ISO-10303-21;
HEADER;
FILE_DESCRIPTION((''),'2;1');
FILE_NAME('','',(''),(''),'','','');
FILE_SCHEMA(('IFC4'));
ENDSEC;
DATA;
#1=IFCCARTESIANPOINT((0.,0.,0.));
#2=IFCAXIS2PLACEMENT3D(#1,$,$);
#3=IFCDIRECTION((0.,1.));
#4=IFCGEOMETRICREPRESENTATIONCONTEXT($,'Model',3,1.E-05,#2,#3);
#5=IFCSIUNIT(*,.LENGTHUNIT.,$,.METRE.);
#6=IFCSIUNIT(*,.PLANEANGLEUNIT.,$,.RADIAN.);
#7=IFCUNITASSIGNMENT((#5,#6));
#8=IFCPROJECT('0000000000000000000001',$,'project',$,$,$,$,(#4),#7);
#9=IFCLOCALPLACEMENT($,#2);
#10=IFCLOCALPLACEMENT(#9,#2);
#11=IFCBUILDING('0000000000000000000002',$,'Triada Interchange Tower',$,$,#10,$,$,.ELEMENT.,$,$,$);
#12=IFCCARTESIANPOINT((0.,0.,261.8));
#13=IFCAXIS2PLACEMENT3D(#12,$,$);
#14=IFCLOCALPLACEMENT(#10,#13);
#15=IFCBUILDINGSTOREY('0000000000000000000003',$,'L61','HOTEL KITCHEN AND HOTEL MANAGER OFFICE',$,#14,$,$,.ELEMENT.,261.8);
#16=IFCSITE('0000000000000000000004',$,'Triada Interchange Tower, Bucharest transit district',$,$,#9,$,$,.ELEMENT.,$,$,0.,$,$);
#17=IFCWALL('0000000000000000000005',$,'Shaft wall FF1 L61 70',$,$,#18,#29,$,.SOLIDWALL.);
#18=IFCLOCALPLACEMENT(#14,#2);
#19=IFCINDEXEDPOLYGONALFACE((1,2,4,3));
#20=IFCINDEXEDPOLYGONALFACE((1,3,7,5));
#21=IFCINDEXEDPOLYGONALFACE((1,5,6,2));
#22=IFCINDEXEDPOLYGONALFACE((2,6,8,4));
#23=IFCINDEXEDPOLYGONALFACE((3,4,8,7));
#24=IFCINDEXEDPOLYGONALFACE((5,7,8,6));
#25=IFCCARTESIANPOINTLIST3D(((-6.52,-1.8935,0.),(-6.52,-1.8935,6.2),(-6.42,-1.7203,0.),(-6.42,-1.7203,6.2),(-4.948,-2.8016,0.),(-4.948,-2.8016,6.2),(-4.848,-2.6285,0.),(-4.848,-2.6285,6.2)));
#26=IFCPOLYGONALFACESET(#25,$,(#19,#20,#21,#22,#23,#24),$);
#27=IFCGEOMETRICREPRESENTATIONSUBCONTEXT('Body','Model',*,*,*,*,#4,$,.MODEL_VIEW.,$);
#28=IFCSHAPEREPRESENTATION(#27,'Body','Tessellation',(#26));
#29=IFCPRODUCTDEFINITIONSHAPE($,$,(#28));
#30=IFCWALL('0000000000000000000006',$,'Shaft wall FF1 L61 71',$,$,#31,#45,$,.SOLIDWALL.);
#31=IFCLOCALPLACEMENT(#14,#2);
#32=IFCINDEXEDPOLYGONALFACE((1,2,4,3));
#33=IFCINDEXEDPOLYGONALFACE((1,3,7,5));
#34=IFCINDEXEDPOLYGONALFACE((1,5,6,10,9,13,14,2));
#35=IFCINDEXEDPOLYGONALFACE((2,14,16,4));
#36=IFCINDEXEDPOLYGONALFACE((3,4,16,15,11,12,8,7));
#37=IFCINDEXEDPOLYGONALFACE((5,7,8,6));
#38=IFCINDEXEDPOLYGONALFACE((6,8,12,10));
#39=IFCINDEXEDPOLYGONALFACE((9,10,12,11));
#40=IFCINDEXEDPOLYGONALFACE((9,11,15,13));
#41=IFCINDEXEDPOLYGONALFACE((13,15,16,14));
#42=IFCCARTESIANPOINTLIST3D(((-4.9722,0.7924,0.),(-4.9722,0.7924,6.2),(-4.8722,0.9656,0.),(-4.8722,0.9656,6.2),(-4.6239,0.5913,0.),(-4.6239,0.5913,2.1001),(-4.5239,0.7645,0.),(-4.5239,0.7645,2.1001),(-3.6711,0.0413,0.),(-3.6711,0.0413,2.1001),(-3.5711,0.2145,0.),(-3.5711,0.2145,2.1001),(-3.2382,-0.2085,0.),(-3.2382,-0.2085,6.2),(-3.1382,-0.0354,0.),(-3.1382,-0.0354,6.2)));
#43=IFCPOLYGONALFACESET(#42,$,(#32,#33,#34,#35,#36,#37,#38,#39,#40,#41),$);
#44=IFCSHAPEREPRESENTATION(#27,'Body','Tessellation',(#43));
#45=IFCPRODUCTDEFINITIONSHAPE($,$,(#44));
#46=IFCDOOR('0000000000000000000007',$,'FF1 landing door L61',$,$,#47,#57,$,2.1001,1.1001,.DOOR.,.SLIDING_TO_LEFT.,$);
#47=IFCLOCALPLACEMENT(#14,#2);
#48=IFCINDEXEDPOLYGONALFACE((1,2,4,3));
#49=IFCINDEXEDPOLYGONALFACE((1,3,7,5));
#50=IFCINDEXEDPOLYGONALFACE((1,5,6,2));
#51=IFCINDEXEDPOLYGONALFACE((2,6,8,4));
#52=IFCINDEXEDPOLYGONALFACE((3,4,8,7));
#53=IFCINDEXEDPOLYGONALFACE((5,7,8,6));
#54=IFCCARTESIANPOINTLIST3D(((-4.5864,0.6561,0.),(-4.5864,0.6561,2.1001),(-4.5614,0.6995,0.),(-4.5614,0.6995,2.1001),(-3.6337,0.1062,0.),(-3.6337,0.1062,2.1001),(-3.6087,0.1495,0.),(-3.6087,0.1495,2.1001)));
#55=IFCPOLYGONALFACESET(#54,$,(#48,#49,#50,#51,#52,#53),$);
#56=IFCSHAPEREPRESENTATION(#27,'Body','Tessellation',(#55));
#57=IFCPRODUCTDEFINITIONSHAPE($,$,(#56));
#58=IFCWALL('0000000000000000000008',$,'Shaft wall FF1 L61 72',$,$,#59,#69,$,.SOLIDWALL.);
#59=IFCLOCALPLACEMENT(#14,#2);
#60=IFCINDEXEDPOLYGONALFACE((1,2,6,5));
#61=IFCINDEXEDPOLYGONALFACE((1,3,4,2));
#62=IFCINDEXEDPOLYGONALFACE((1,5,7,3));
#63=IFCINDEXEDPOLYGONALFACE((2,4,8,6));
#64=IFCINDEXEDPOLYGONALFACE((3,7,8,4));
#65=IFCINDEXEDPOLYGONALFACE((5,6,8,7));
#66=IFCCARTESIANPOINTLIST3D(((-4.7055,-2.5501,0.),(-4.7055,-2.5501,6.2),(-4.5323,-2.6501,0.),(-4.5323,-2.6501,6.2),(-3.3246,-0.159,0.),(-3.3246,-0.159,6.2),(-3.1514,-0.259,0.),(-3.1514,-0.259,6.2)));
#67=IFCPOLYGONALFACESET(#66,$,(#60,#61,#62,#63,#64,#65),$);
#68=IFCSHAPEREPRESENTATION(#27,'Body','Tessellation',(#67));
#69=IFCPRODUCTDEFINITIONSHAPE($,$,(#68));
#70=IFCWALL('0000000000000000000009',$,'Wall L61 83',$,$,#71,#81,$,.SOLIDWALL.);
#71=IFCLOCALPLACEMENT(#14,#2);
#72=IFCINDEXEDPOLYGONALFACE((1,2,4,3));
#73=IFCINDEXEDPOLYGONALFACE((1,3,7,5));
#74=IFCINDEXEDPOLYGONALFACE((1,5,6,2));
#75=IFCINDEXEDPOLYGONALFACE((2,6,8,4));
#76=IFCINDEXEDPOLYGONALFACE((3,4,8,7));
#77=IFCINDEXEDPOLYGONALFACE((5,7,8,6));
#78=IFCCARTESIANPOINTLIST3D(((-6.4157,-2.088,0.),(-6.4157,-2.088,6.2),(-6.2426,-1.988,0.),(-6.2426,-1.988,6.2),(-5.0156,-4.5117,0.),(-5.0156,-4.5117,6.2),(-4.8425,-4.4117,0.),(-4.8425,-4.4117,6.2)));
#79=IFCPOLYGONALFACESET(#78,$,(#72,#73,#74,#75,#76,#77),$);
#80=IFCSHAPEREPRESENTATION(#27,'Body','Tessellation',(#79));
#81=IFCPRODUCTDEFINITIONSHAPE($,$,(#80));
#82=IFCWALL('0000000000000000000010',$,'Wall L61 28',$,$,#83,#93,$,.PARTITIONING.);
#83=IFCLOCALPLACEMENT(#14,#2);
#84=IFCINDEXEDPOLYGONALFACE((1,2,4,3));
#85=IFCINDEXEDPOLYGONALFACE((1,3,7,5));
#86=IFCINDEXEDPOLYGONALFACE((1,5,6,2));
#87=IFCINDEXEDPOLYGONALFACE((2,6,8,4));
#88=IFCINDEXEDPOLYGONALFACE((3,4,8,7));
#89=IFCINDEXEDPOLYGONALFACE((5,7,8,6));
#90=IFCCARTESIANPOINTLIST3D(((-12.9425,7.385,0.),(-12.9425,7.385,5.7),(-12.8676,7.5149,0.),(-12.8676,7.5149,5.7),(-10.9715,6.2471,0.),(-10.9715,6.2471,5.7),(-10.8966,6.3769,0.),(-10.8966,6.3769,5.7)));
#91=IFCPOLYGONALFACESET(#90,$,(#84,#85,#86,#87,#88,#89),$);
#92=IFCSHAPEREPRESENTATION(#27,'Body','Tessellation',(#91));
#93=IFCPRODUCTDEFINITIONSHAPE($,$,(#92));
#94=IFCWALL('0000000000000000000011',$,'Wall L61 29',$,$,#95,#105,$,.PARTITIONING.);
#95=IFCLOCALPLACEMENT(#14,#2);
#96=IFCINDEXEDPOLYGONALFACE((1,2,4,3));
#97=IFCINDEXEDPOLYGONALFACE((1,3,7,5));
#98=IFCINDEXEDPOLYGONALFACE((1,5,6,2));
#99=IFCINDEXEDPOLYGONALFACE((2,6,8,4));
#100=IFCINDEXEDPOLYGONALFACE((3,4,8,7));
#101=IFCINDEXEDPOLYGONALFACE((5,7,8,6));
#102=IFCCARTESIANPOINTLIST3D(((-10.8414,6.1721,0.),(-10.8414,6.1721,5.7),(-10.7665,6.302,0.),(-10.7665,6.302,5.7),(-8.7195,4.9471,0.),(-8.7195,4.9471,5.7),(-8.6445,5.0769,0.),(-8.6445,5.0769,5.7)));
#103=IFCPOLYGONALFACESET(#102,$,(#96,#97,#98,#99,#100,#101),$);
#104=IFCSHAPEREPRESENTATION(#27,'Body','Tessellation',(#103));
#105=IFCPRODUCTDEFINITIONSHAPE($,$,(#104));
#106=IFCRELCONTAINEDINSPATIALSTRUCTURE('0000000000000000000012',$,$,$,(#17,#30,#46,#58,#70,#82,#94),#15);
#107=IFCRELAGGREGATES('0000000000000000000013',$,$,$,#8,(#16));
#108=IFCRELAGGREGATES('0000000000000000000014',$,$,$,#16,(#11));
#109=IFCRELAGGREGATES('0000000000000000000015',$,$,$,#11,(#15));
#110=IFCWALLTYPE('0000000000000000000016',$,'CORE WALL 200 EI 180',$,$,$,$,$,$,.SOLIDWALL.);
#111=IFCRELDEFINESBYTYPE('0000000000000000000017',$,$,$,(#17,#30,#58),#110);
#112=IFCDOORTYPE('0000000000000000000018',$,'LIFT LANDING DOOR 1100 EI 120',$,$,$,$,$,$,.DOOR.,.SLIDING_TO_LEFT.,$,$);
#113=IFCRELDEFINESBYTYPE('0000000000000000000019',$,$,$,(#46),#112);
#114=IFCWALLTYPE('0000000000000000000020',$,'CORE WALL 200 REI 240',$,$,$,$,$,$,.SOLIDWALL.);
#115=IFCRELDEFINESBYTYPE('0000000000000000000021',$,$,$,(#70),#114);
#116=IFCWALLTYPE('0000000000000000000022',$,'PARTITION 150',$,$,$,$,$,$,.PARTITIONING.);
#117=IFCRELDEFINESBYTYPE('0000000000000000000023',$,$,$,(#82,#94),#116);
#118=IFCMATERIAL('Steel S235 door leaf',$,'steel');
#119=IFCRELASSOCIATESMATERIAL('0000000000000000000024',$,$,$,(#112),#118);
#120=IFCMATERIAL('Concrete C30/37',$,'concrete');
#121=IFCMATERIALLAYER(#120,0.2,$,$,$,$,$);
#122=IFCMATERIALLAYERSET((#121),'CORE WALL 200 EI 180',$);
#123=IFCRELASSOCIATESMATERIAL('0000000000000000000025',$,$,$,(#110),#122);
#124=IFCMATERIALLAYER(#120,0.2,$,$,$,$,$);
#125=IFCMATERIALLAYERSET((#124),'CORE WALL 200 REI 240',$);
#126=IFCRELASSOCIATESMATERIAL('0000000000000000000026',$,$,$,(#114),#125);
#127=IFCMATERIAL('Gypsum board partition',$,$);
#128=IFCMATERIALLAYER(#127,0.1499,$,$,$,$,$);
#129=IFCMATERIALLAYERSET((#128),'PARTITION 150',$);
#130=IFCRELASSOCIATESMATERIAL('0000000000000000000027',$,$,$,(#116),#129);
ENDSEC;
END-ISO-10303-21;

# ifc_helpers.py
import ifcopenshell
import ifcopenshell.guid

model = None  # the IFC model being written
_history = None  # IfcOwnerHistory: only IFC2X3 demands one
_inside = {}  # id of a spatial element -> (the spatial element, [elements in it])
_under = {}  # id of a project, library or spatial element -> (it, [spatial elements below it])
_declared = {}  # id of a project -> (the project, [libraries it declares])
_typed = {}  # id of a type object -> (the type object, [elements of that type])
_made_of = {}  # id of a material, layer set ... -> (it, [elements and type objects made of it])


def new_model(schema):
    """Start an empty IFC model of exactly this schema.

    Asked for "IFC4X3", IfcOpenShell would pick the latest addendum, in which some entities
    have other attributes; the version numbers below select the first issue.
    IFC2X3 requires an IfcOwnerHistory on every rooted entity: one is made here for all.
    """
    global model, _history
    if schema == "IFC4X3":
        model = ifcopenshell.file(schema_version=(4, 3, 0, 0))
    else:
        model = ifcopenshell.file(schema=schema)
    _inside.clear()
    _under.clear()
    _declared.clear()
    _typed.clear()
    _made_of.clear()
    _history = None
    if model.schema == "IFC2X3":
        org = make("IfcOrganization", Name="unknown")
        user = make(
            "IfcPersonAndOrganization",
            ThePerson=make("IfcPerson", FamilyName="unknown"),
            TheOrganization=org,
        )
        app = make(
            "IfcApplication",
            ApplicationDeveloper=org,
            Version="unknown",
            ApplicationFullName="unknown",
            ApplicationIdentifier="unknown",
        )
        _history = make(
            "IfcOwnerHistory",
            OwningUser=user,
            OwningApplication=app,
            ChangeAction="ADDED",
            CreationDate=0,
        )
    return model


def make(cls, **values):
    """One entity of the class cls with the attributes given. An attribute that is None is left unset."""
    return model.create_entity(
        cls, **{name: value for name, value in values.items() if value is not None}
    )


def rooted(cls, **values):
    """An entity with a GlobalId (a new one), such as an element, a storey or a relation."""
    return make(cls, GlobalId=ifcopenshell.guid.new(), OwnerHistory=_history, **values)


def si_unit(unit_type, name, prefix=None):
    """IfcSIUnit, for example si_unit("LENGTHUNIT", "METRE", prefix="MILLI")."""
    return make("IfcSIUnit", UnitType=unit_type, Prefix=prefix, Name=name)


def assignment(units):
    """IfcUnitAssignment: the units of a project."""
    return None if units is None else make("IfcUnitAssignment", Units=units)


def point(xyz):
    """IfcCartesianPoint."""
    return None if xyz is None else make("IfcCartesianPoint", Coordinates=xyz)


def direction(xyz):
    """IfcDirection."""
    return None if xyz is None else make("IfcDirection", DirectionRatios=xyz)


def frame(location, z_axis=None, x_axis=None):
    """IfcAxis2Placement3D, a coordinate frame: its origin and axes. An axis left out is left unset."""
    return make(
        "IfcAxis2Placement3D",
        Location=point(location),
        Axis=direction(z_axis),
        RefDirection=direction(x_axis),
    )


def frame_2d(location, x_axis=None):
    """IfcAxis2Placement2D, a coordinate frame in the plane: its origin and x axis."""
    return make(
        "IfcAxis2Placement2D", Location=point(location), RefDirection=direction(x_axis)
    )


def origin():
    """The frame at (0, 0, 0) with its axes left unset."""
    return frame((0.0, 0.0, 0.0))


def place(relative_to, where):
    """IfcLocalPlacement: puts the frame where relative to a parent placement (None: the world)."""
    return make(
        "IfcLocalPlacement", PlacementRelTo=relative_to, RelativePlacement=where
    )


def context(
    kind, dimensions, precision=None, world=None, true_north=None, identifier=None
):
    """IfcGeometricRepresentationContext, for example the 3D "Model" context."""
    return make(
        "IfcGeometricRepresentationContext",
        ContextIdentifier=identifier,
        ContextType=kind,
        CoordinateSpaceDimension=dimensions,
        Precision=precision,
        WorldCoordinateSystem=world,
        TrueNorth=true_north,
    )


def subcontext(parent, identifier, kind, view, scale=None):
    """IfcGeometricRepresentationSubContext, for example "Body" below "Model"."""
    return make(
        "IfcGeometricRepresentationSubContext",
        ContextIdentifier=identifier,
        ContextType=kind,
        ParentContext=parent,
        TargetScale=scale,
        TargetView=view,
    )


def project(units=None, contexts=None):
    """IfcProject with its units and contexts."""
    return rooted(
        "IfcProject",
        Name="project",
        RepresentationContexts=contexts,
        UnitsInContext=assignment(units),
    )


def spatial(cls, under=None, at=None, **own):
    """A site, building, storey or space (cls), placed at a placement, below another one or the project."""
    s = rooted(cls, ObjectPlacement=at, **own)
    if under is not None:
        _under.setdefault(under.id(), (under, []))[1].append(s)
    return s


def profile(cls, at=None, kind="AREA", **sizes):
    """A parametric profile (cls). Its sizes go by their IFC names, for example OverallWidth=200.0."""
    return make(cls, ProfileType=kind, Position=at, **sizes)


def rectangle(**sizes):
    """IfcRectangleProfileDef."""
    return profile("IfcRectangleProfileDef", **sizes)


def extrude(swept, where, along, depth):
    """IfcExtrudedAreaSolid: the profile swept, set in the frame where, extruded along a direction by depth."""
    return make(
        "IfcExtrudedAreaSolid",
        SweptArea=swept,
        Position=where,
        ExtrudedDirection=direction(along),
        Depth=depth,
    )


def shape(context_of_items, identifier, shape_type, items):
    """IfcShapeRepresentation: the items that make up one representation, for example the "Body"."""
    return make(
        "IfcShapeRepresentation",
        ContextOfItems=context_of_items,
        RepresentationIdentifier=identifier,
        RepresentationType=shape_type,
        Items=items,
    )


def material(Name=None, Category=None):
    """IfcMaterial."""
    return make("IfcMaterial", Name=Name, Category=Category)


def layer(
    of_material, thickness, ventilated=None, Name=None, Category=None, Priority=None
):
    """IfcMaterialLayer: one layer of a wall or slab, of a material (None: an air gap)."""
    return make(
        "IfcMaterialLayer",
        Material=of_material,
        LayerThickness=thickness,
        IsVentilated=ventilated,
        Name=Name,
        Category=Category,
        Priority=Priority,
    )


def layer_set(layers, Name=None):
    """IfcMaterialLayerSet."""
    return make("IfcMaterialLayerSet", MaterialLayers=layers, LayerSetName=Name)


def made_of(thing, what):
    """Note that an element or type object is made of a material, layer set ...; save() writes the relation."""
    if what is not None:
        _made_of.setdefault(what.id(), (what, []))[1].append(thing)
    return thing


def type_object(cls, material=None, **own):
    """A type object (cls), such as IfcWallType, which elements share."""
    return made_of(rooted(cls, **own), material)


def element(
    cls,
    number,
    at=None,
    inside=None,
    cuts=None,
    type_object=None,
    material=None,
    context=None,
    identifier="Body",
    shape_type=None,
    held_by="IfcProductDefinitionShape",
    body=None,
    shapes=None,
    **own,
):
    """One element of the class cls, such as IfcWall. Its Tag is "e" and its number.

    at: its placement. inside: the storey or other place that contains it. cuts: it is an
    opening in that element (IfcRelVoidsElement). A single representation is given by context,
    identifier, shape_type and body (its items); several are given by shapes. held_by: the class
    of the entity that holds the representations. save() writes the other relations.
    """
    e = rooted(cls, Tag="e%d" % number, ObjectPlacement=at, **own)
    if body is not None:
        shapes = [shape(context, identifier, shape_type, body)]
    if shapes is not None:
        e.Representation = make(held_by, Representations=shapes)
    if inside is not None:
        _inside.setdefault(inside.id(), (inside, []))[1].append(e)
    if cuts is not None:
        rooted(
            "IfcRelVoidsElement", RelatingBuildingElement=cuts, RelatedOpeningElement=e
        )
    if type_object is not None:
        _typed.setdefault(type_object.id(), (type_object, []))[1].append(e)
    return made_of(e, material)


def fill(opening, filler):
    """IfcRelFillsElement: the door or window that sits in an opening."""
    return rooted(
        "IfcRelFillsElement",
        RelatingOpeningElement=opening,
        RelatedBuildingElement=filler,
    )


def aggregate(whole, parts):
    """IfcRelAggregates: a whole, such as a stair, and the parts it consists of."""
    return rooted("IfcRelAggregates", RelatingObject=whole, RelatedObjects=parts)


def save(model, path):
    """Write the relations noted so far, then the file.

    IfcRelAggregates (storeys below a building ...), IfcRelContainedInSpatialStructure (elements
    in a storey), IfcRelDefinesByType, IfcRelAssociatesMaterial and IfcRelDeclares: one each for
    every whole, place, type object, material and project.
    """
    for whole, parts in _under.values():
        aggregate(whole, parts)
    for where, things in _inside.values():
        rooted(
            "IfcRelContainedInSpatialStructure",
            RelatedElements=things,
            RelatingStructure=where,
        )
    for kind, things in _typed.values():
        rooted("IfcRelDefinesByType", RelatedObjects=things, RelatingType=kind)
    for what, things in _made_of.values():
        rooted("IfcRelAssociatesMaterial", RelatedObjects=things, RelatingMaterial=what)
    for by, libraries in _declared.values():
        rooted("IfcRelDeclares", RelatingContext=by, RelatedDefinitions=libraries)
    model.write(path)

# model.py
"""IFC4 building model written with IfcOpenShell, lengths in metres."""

from ifc_helpers import new_model, si_unit, direction, frame, frame_2d, origin, place, context, subcontext, project, spatial, rectangle, extrude, material, layer, layer_set, type_object, element, fill, save


model = new_model("IFC4")

# Units and contexts
model_context = context("Model", 3, precision=1e-05, world=origin(), true_north=direction((0.0, 1.0)))
body_context = subcontext(model_context, "Body", "Model", "MODEL_VIEW")
ifc_project = project(units=[si_unit("LENGTHUNIT", "METRE"), si_unit("PLANEANGLEUNIT", "RADIAN")], contexts=[model_context])

# Site, building, storey
site_placement = place(None, origin())
site = spatial("IfcSite", under=ifc_project, at=site_placement, Name="Triada Interchange Tower, Bucharest transit district", CompositionType="ELEMENT", RefElevation=0.0)
building_placement = place(site_placement, origin())
building = spatial("IfcBuilding", under=site, at=building_placement, Name="Triada Interchange Tower", CompositionType="ELEMENT")
storey_placement = place(building_placement, frame((0.0, 0.0, 261.8)))
storey = spatial("IfcBuildingStorey", under=building, at=storey_placement, Name="L61", Description="HOTEL KITCHEN AND HOTEL MANAGER OFFICE", CompositionType="ELEMENT", Elevation=261.8)

# Shared definitions
ifc_material_1 = material(Name="Concrete C30/37", Category="concrete")

# Shared definitions
ifc_material_2 = material(Name="Steel S235 door leaf", Category="steel")
door_type_1 = type_object("IfcDoorType", Name="LIFT LANDING DOOR 1100 EI 120", OperationType="SLIDING_TO_LEFT", PredefinedType="DOOR", material=ifc_material_2)
ifc_layer_1 = layer(ifc_material_1, 0.2)
ifc_layer_set_1 = layer_set([ifc_layer_1], Name="CORE WALL 200 EI 180")
wall_type_1 = type_object("IfcWallType", Name="CORE WALL 200 EI 180", PredefinedType="SOLIDWALL", material=ifc_layer_set_1)

# Wall
wall_1_placement = place(storey_placement, frame((-6.47, -1.8069, 0.0), z_axis=(0.0, 0.0, 1.0), x_axis=(0.865883, -0.500246, 0.0)))
element("IfcWall", 1, at=wall_1_placement, inside=storey, type_object=wall_type_1, Name="Shaft wall FF1 L61 70", PredefinedType="SOLIDWALL", context=body_context, shape_type="SweptSolid", body=[
    extrude(rectangle(XDim=1.8154, YDim=0.2, at=frame_2d((0.9077, 0.0))), origin(), (0.0, 0.0, 1.0), 6.2),
])

# Wall, opening, door
wall_2_placement = place(storey_placement, frame((-4.9221, 0.8789, 0.0), z_axis=(0.0, 0.0, 1.0), x_axis=(0.866074, -0.499916, 0.0)))
wall_2 = element("IfcWall", 2, at=wall_2_placement, inside=storey, type_object=wall_type_1, Name="Shaft wall FF1 L61 71", PredefinedType="SOLIDWALL", context=body_context, shape_type="SweptSolid", body=[
    extrude(rectangle(XDim=2.0022, YDim=0.2, at=frame_2d((1.001, 0.0))), origin(), (0.0, 0.0, 1.0), 6.2),
])
opening_1_placement = place(wall_2_placement, frame((0.4021, 0.0, 0.0)))
opening_1 = element("IfcOpeningElement", 3, at=opening_1_placement, cuts=wall_2, PredefinedType="OPENING", context=body_context, shape_type="SweptSolid", body=[
    extrude(rectangle(XDim=1.1001, YDim=2.1001, at=frame_2d((0.55, 1.05))), frame((0.0, 0.1099, 0.0), z_axis=(0.0, -1.0, 0.0), x_axis=(1.0, 0.0, 0.0)), (0.0, 0.0, 1.0), 0.22),
])
door_1_placement = place(opening_1_placement, origin())
door_1 = element("IfcDoor", 4, at=door_1_placement, inside=storey, type_object=door_type_1, Name="FF1 landing door L61", OperationType="SLIDING_TO_LEFT", OverallHeight=2.1001, OverallWidth=1.1001, PredefinedType="DOOR", context=body_context, shape_type="SweptSolid", body=[
    extrude(rectangle(XDim=1.1001, YDim=2.1001, at=frame_2d((0.55, 1.05))), frame((0.0, 0.0249, 0.0), z_axis=(0.0, -1.0, 0.0), x_axis=(1.0, 0.0, 0.0)), (0.0, 0.0, 1.0), 0.05),
])
fill(opening_1, door_1)

# Walls
wall_3_placement = place(storey_placement, frame((-4.6189, -2.6001, 0.0), z_axis=(0.0, 0.0, 1.0), x_axis=(0.500095, 0.865971, 0.0)))
element("IfcWall", 5, at=wall_3_placement, inside=storey, type_object=wall_type_1, Name="Shaft wall FF1 L61 72", PredefinedType="SOLIDWALL", context=body_context, shape_type="SweptSolid", body=[
    extrude(rectangle(XDim=2.7612, YDim=0.2, at=frame_2d((1.3806, 0.0))), origin(), (0.0, 0.0, 1.0), 6.2),
])
ifc_layer_2 = layer(ifc_material_1, 0.2)
ifc_layer_set_2 = layer_set([ifc_layer_2], Name="CORE WALL 200 REI 240")
wall_type_2 = type_object("IfcWallType", Name="CORE WALL 200 REI 240", PredefinedType="SOLIDWALL", material=ifc_layer_set_2)
wall_4_placement = place(storey_placement, frame((-6.3291, -2.0381, 0.0), z_axis=(0.0, 0.0, 1.0), x_axis=(0.500201, -0.86591, 0.0)))
element("IfcWall", 6, at=wall_4_placement, inside=storey, type_object=wall_type_2, Name="Wall L61 83", PredefinedType="SOLIDWALL", context=body_context, shape_type="SweptSolid", body=[
    extrude(rectangle(XDim=2.7991, YDim=0.2, at=frame_2d((1.3994, 0.0))), origin(), (0.0, 0.0, 1.0), 6.2),
])
ifc_material_3 = material(Name="Gypsum board partition")
ifc_layer_3 = layer(ifc_material_3, 0.1499)
ifc_layer_set_3 = layer_set([ifc_layer_3], Name="PARTITION 150")
wall_type_3 = type_object("IfcWallType", Name="PARTITION 150", PredefinedType="PARTITIONING", material=ifc_layer_set_3)
wall_5_placement = place(storey_placement, frame((-12.905, 7.45, 0.0), z_axis=(0.0, 0.0, 1.0), x_axis=(0.866023, -0.500004, 0.0)))
element("IfcWall", 7, at=wall_5_placement, inside=storey, type_object=wall_type_3, Name="Wall L61 28", PredefinedType="PARTITIONING", context=body_context, shape_type="SweptSolid", body=[
    extrude(rectangle(XDim=2.2759, YDim=0.1499, at=frame_2d((1.1379, 0.0))), origin(), (0.0, 0.0, 1.0), 5.7),
])
wall_6_placement = place(storey_placement, frame((-10.804, 6.2371, 0.0), z_axis=(0.0, 0.0, 1.0), x_axis=(0.86604, -0.499975, 0.0)))
element("IfcWall", 8, at=wall_6_placement, inside=storey, type_object=wall_type_3, Name="Wall L61 29", PredefinedType="PARTITIONING", context=body_context, shape_type="SweptSolid", body=[
    extrude(rectangle(XDim=2.4502, YDim=0.1499, at=frame_2d((1.2251, 0.0))), origin(), (0.0, 0.0, 1.0), 5.7),
])

save(model, "model.ifc")
